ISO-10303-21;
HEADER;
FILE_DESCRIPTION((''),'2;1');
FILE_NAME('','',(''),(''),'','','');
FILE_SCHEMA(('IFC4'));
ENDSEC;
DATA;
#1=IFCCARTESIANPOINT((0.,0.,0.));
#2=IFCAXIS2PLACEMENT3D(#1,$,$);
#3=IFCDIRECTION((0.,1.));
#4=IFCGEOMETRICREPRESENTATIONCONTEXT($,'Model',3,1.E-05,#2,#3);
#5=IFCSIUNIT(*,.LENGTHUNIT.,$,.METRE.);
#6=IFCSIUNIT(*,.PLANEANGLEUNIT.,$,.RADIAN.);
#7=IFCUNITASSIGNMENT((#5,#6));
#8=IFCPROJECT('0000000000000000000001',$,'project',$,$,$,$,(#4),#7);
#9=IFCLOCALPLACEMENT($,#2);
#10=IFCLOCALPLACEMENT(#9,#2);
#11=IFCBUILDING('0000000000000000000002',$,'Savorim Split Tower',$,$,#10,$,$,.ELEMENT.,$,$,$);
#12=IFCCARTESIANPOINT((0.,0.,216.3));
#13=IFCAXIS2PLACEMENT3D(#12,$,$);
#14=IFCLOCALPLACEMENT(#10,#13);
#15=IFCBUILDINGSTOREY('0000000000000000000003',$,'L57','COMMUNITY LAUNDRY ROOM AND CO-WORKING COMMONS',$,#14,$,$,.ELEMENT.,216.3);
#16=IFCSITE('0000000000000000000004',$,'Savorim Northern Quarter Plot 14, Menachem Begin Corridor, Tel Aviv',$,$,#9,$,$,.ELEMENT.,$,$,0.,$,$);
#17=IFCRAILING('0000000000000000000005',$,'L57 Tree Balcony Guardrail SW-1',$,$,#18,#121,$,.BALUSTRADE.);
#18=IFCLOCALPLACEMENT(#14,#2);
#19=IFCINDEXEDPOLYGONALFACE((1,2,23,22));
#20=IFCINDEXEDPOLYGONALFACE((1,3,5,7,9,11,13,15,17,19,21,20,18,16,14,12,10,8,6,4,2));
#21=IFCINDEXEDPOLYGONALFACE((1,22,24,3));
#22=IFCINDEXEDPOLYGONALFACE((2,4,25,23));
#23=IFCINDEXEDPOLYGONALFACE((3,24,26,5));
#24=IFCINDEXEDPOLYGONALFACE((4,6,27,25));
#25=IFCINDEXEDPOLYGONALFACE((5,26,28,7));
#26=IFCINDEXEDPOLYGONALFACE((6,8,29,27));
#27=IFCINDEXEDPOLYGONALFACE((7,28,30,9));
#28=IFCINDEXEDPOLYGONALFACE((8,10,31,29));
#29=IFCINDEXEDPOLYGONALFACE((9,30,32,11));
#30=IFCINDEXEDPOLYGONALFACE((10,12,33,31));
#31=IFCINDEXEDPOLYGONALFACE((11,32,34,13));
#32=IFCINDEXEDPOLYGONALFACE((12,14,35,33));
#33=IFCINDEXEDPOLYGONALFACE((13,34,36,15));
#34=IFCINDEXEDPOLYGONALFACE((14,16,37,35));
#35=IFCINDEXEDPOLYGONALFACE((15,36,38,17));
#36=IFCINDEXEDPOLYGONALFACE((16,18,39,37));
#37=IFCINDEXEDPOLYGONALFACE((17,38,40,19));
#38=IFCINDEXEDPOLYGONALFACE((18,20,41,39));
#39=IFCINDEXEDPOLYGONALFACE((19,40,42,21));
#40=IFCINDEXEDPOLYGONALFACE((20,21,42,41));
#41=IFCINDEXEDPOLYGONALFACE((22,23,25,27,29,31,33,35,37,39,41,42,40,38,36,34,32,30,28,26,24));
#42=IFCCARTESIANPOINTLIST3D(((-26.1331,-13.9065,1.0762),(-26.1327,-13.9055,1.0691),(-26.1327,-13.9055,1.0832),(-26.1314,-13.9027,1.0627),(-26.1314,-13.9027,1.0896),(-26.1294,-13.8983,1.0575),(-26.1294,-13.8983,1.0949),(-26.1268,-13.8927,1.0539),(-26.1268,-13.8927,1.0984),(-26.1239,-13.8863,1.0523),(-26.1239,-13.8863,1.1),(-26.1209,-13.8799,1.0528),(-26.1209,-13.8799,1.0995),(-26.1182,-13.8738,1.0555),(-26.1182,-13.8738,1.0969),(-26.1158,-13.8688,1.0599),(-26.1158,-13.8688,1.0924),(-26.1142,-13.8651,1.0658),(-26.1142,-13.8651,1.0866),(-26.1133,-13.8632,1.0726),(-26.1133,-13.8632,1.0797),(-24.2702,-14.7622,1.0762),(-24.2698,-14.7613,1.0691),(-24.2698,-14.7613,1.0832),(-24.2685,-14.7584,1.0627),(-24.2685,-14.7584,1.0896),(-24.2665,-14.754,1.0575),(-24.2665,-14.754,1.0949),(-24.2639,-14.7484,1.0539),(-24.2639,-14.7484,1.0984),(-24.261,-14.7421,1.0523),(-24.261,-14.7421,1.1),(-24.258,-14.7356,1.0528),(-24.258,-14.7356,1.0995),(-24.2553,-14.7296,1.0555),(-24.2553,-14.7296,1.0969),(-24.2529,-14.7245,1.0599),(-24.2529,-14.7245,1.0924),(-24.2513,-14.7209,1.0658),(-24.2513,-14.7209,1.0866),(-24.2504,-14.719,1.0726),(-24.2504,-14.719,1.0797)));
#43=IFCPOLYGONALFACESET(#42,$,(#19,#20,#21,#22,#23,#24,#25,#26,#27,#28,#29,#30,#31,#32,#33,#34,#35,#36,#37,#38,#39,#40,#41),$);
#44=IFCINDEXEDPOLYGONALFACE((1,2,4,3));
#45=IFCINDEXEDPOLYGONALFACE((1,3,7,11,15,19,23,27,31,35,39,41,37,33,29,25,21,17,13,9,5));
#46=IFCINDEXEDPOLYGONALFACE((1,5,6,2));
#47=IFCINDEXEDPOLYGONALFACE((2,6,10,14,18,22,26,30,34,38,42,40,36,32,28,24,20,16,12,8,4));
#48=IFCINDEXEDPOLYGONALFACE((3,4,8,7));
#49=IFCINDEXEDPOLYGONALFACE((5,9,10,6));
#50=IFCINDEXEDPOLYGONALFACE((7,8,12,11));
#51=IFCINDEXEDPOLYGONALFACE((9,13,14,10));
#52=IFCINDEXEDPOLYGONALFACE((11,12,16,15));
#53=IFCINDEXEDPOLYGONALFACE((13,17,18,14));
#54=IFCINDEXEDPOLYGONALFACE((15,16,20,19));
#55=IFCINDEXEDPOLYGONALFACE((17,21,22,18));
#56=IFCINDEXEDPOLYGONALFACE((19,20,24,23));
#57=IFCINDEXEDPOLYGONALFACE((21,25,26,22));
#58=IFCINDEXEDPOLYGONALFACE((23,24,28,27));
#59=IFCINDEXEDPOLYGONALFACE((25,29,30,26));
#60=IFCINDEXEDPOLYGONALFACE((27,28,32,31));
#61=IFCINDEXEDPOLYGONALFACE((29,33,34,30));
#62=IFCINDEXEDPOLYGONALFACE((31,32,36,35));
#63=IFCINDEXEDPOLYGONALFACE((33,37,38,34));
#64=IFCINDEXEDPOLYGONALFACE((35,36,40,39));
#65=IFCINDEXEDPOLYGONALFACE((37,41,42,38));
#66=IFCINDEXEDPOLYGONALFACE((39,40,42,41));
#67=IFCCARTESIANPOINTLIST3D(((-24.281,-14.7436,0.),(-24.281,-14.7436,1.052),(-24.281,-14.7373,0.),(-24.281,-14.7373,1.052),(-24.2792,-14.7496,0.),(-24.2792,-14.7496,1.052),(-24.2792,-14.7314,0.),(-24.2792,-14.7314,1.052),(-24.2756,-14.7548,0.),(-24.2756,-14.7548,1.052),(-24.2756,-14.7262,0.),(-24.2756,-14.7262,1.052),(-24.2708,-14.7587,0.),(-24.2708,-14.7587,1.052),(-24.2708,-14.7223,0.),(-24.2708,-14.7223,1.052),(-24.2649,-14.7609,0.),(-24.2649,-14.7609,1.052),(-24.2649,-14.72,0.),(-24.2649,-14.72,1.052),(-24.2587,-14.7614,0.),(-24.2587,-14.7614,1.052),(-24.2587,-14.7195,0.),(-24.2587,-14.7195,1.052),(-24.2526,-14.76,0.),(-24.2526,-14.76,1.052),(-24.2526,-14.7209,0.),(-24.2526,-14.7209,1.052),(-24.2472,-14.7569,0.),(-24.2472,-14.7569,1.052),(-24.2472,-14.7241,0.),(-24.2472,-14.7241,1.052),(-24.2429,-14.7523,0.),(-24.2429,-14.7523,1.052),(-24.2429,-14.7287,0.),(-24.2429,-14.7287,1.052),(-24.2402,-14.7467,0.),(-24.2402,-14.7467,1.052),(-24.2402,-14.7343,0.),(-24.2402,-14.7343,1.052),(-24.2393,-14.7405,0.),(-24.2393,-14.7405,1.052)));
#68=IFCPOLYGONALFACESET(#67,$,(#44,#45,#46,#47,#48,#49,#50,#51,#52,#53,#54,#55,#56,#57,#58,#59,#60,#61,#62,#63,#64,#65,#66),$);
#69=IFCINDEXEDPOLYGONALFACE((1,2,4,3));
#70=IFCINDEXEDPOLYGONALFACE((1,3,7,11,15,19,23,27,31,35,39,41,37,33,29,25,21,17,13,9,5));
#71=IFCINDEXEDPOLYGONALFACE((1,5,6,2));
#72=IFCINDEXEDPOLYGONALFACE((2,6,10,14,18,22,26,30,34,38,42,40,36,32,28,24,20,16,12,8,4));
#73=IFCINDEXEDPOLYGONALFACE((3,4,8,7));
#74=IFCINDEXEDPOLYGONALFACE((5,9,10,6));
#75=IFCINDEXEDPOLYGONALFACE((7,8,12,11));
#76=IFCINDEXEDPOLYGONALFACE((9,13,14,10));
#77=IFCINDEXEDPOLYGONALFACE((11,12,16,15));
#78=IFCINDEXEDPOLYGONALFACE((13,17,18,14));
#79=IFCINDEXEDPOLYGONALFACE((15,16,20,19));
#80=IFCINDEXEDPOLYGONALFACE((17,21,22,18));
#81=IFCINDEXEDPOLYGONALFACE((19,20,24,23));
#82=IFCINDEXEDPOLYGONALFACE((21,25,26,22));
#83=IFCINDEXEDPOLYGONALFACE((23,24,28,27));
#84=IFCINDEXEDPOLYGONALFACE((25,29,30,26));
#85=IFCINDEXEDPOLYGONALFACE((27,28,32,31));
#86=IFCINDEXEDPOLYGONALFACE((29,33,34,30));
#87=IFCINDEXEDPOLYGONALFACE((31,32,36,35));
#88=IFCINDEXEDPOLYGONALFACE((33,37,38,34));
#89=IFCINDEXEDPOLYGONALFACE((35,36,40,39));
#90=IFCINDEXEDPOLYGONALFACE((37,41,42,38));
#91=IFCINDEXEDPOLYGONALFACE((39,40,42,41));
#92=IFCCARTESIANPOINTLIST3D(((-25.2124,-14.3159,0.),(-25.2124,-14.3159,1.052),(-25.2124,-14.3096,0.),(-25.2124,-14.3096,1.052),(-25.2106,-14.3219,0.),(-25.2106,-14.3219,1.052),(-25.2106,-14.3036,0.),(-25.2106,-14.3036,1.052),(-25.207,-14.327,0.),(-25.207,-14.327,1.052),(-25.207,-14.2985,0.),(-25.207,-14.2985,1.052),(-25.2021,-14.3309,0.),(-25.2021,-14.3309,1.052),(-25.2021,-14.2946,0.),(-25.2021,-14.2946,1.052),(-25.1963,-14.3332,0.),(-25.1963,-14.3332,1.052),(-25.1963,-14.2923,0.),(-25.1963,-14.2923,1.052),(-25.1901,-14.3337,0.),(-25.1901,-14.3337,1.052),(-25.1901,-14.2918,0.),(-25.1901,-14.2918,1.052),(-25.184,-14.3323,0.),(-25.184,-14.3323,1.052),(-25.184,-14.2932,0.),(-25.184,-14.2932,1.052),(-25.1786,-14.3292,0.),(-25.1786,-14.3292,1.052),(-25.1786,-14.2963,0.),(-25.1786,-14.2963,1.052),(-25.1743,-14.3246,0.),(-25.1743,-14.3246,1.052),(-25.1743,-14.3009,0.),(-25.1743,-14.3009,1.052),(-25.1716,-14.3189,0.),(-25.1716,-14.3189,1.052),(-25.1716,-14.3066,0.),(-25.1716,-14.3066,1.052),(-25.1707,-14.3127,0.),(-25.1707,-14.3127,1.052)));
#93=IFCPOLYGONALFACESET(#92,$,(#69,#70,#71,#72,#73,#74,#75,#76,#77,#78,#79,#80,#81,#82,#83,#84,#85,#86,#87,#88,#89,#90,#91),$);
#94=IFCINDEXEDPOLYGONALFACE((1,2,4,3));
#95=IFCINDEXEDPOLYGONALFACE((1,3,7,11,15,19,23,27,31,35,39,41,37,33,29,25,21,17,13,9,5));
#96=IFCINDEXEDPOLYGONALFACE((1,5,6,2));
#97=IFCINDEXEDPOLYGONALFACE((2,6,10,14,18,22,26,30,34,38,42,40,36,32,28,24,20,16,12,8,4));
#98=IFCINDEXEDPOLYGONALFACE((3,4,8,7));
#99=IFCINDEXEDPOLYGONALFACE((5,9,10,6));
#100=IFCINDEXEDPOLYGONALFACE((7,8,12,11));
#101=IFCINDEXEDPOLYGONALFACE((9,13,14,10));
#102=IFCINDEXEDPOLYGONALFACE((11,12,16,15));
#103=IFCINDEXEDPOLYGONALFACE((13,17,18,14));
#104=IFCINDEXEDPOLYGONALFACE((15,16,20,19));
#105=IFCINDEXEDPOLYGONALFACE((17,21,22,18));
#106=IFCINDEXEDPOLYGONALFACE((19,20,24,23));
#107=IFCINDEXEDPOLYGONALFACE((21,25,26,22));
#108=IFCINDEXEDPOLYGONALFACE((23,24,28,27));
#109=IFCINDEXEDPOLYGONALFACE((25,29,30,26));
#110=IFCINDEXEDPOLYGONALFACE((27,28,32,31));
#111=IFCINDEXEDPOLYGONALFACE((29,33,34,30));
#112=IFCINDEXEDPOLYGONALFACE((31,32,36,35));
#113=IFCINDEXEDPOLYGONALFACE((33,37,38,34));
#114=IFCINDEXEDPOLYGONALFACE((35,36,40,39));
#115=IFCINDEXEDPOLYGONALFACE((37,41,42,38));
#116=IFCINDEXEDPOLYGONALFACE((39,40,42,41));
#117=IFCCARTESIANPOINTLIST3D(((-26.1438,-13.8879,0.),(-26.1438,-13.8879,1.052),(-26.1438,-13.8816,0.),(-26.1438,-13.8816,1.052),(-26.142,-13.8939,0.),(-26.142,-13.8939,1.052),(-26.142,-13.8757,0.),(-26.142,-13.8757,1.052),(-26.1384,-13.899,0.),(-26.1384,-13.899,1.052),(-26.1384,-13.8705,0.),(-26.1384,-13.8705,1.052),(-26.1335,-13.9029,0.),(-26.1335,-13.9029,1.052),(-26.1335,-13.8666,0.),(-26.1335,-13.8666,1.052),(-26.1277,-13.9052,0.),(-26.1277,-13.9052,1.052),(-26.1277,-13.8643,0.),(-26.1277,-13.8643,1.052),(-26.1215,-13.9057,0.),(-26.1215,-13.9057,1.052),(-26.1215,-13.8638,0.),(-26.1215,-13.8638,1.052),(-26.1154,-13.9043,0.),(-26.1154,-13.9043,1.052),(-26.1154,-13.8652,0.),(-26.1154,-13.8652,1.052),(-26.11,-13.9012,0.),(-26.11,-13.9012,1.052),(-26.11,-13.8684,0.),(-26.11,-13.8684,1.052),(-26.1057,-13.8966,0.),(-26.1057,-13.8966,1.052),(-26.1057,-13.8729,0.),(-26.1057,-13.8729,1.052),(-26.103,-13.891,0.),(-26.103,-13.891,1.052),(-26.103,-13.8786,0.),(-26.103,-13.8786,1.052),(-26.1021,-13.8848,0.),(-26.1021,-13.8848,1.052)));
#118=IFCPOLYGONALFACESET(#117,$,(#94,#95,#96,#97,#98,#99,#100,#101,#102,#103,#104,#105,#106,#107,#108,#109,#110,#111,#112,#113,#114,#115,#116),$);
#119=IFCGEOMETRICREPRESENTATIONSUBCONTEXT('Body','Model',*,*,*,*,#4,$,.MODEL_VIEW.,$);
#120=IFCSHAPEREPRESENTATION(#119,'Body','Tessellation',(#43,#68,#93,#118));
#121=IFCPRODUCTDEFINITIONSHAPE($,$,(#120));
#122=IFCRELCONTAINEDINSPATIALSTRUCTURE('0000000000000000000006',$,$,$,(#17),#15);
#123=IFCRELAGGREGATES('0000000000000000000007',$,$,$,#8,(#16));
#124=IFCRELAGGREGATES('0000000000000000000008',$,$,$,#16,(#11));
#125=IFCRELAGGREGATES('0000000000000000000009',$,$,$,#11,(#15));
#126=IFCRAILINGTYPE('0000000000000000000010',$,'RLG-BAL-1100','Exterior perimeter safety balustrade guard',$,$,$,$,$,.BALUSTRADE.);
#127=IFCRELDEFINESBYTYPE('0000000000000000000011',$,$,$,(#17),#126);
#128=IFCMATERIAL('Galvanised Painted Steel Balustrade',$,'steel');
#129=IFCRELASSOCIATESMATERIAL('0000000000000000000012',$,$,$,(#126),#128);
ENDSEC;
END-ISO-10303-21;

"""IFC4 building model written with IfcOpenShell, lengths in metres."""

from ifc_helpers import new_model, si_unit, direction, frame, origin, origin_2d, place, context, subcontext, project, spatial, circle, extrude, material, type_object, element, save


model = new_model("IFC4")

# Units and contexts
model_context = context("Model", 3, precision=1e-05, world=origin(), true_north=direction((0.0, 1.0)))
body_context = subcontext(model_context, "Body", "Model", "MODEL_VIEW")
ifc_project = project(units=[si_unit("LENGTHUNIT", "METRE"), si_unit("PLANEANGLEUNIT", "RADIAN")], contexts=[model_context])

# Site, building, storey
site_placement = place(None, origin())
site = spatial("IfcSite", under=ifc_project, at=site_placement, Name="Savorim Northern Quarter Plot 14, Menachem Begin Corridor, Tel Aviv", CompositionType="ELEMENT", RefElevation=0.0)
building_placement = place(site_placement, origin())
building = spatial("IfcBuilding", under=site, at=building_placement, Name="Savorim Split Tower", CompositionType="ELEMENT")
storey_placement = place(building_placement, frame((0.0, 0.0, 216.3)))
storey = spatial("IfcBuildingStorey", under=building, at=storey_placement, Name="L57", Description="COMMUNITY LAUNDRY ROOM AND CO-WORKING COMMONS", CompositionType="ELEMENT", Elevation=216.3)

# Railing
ifc_material_1 = material(Name="Galvanised Painted Steel Balustrade", Category="steel")
railing_type = type_object("IfcRailingType", Name="RLG-BAL-1100", Description="Exterior perimeter safety balustrade guard", PredefinedType="BALUSTRADE", material=ifc_material_1)
railing_1_placement = place(storey_placement, frame((-24.2603, -14.7405, 0.0)))
element("IfcRailing", 1, at=railing_1_placement, inside=storey, type_object=railing_type, Name="L57 Tree Balcony Guardrail SW-1", PredefinedType="BALUSTRADE", context=body_context, shape_type="SweptSolid", body=[
    extrude(circle(Radius=0.0239, at=origin_2d()), frame((0.0, 0.0, 1.0762), z_axis=(-0.908707, 0.417434, 0.0), x_axis=(-0.417434, -0.908707, 0.0)), (0.0, 0.0, 1.0), 2.05),
    extrude(circle(Radius=0.021, at=origin_2d()), origin(), (0.0, 0.0, 1.0), 1.052),
    extrude(circle(Radius=0.021, at=origin_2d()), frame((-0.9314, 0.4277, 0.0)), (0.0, 0.0, 1.0), 1.052),
    extrude(circle(Radius=0.021, at=origin_2d()), frame((-1.8628, 0.8557, 0.0)), (0.0, 0.0, 1.0), 1.052),
])

save(model, "model.ifc")
